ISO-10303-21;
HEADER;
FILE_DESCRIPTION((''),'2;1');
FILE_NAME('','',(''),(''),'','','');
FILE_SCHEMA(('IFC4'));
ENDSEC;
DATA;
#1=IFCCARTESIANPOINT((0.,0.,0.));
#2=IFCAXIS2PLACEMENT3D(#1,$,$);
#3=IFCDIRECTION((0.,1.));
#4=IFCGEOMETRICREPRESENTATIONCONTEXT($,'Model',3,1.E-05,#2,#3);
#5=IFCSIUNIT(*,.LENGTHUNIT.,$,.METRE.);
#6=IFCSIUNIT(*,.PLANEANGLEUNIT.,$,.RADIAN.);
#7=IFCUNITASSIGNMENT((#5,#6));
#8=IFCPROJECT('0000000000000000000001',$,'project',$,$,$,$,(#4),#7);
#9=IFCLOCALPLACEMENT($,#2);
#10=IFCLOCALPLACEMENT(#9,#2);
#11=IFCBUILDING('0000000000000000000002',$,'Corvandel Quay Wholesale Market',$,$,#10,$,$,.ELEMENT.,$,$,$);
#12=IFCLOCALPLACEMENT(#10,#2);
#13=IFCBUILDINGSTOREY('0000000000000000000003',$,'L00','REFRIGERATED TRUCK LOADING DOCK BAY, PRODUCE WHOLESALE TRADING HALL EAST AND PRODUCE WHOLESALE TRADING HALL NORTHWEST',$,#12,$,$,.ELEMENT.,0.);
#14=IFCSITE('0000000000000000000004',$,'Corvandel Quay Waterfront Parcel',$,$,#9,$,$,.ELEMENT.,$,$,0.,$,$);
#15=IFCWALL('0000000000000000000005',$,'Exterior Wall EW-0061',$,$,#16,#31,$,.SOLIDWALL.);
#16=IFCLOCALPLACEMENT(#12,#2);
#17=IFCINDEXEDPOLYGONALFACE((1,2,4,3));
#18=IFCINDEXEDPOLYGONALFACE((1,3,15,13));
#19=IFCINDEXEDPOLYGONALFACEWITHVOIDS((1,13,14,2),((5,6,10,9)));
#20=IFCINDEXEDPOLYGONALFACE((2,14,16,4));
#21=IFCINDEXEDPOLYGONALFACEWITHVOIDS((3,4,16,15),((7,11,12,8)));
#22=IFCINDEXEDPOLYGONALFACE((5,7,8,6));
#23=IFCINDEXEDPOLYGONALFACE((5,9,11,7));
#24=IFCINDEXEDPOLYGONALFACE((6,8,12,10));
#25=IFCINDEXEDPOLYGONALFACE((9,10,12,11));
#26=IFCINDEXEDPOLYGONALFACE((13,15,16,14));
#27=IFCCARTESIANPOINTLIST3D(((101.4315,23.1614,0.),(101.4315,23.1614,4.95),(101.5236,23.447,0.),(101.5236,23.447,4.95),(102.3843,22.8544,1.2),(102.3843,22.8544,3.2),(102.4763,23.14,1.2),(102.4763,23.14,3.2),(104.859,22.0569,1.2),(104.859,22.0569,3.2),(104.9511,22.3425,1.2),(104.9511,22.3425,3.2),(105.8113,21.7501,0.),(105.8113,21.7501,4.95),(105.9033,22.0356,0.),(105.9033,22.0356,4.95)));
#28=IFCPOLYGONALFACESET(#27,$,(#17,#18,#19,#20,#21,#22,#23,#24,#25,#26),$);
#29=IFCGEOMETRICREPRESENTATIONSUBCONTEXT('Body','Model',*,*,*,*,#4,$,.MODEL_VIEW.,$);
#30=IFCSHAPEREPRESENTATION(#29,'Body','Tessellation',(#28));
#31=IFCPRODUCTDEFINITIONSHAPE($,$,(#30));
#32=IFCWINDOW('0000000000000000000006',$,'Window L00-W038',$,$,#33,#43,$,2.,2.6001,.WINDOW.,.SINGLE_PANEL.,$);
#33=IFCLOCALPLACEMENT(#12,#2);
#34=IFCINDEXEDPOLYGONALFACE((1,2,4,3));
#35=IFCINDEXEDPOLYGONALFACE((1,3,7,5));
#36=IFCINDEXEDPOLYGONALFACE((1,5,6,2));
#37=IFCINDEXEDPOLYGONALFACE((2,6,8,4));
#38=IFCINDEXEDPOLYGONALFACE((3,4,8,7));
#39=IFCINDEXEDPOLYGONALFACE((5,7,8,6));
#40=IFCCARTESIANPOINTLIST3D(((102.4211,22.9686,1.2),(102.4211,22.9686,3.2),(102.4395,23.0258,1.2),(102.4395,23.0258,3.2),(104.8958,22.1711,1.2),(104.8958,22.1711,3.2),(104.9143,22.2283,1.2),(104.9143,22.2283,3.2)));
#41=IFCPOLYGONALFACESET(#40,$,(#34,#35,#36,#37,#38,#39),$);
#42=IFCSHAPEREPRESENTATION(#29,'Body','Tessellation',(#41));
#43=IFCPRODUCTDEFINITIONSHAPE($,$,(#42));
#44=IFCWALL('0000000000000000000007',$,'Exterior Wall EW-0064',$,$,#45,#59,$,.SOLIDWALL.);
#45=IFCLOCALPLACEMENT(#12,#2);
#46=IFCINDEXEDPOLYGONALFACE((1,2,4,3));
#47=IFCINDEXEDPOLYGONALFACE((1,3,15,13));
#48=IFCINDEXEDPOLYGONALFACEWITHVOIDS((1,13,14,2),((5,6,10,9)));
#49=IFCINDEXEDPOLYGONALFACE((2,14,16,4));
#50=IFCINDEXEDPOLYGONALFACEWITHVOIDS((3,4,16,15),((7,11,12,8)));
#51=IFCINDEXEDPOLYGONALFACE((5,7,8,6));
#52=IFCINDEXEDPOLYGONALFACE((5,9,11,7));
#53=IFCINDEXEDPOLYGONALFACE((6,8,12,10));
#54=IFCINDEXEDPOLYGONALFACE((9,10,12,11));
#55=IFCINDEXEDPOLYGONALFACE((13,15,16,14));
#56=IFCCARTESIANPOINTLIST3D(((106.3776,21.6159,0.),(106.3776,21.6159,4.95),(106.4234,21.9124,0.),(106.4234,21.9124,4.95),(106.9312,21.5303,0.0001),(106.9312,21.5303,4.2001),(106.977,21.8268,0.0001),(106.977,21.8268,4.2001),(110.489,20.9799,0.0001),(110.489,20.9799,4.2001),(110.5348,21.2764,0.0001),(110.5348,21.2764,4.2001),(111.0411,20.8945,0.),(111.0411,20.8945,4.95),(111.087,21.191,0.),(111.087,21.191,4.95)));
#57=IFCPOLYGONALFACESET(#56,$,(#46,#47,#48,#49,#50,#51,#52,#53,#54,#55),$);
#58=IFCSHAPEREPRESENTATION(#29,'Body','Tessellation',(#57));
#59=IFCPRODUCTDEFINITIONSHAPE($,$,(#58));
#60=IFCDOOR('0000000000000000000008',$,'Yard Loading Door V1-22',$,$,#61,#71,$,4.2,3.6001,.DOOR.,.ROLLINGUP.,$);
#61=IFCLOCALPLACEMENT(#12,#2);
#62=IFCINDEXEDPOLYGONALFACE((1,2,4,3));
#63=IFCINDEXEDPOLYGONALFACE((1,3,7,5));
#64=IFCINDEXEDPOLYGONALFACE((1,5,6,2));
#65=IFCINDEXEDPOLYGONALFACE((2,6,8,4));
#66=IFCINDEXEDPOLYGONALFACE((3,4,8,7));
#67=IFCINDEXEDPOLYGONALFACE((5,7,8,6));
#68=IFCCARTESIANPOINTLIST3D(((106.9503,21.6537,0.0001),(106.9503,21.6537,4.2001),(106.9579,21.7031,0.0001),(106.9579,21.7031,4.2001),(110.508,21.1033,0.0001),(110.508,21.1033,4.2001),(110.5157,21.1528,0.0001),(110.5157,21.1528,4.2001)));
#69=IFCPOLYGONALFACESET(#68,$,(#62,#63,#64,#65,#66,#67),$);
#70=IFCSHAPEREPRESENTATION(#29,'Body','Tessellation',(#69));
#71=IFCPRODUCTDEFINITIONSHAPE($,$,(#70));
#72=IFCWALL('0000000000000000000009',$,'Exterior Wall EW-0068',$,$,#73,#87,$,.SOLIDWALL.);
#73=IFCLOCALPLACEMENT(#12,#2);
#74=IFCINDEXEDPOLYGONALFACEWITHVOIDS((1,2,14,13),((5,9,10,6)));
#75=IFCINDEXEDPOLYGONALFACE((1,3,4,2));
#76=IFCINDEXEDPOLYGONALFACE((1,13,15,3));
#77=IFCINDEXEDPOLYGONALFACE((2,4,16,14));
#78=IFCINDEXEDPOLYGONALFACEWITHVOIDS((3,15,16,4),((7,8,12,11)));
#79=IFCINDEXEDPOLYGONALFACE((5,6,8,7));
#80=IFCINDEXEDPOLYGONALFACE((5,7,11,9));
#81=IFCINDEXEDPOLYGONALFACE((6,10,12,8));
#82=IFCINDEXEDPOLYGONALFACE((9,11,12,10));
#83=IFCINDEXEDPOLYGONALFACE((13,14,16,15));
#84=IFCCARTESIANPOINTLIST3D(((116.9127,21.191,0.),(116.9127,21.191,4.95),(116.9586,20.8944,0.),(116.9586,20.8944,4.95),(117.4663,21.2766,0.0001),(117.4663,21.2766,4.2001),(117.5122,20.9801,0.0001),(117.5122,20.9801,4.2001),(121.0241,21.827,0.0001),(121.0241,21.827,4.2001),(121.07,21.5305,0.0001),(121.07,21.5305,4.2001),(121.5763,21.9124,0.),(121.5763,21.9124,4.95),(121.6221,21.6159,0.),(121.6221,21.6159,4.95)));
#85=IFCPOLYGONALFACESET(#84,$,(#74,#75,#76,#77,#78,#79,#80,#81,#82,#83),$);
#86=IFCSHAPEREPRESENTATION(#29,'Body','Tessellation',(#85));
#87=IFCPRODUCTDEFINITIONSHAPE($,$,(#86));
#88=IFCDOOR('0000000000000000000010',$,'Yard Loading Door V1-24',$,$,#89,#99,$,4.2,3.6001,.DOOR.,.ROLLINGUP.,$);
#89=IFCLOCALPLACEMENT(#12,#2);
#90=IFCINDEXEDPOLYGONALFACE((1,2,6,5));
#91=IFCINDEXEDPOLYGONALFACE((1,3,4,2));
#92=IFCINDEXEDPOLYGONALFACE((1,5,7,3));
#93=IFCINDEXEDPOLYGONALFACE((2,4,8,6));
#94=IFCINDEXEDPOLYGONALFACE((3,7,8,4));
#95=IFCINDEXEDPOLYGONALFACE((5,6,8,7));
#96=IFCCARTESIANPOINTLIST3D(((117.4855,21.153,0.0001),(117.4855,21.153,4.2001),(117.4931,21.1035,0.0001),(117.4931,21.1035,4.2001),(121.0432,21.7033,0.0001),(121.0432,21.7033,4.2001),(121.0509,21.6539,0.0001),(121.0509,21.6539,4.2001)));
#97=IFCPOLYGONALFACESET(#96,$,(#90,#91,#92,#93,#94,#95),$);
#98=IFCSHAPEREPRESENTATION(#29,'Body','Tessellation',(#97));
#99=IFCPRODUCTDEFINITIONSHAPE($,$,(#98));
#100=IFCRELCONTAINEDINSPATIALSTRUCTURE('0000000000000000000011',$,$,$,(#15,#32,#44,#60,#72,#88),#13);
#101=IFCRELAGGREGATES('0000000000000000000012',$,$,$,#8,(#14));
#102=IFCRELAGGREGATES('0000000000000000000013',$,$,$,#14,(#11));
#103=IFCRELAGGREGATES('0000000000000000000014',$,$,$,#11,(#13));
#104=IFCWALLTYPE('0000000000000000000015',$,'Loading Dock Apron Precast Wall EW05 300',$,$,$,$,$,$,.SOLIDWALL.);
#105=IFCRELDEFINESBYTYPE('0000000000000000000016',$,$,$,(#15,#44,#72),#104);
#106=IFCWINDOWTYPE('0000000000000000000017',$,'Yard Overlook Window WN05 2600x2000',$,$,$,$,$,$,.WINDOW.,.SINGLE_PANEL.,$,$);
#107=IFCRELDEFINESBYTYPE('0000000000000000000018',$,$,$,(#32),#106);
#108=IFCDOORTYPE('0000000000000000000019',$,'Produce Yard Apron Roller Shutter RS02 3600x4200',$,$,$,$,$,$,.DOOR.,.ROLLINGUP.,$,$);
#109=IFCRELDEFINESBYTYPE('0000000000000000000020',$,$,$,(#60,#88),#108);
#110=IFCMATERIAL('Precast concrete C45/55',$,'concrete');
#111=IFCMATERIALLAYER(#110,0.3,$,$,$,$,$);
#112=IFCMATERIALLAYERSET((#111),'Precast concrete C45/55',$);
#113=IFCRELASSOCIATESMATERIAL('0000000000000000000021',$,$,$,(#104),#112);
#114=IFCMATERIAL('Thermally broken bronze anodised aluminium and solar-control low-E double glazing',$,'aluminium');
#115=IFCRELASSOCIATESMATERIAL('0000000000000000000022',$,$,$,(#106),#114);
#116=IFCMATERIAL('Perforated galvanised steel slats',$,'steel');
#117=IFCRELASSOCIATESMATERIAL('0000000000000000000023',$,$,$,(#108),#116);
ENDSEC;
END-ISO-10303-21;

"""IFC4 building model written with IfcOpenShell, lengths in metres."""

from ifc_helpers import new_model, si_unit, direction, frame, frame_2d, origin, place, context, subcontext, project, spatial, rectangle, extrude, material, layer, layer_set, type_object, element, fill, save


model = new_model("IFC4")

# Units and contexts
model_context = context("Model", 3, precision=1e-05, world=origin(), true_north=direction((0.0, 1.0)))
body_context = subcontext(model_context, "Body", "Model", "MODEL_VIEW")
ifc_project = project(units=[si_unit("LENGTHUNIT", "METRE"), si_unit("PLANEANGLEUNIT", "RADIAN")], contexts=[model_context])

# Site, building, storey
site_placement = place(None, origin())
site = spatial("IfcSite", under=ifc_project, at=site_placement, Name="Corvandel Quay Waterfront Parcel", CompositionType="ELEMENT", RefElevation=0.0)
building_placement = place(site_placement, origin())
building = spatial("IfcBuilding", under=site, at=building_placement, Name="Corvandel Quay Wholesale Market", CompositionType="ELEMENT")
storey_placement = place(building_placement, origin())
storey = spatial("IfcBuildingStorey", under=building, at=storey_placement, Name="L00", Description="REFRIGERATED TRUCK LOADING DOCK BAY, PRODUCE WHOLESALE TRADING HALL EAST AND PRODUCE WHOLESALE TRADING HALL NORTHWEST", CompositionType="ELEMENT", Elevation=0.0)

# Shared definitions
ifc_material_1 = material(Name="Precast concrete C45/55", Category="concrete")

# Wall, opening, window
ifc_layer_1 = layer(ifc_material_1, 0.3)
ifc_layer_set_1 = layer_set([ifc_layer_1], Name="Precast concrete C45/55")
wall_type = type_object("IfcWallType", Name="Loading Dock Apron Precast Wall EW05 300", PredefinedType="SOLIDWALL", material=ifc_layer_set_1)
wall_1_placement = place(storey_placement, frame((101.4775, 23.3042, 0.0), z_axis=(0.0, 0.0, 1.0), x_axis=(0.951803, -0.30671, 0.0)))
wall_1 = element("IfcWall", 1, at=wall_1_placement, inside=storey, type_object=wall_type, Name="Exterior Wall EW-0061", PredefinedType="SOLIDWALL", context=body_context, shape_type="SweptSolid", body=[
    extrude(rectangle(XDim=4.6016, YDim=0.3, at=frame_2d((2.3008, 0.0))), origin(), (0.0, 0.0, 1.0), 4.95),
])
opening_1_placement = place(wall_1_placement, frame((1.001, 0.0, 1.2)))
opening_1 = element("IfcOpeningElement", 2, at=opening_1_placement, cuts=wall_1, PredefinedType="OPENING", context=body_context, shape_type="SweptSolid", body=[
    extrude(rectangle(XDim=2.6001, YDim=2.0, at=frame_2d((1.3, 1.0))), frame((0.0, 0.1599, 0.0), z_axis=(0.0, -1.0, 0.0), x_axis=(1.0, 0.0, 0.0)), (0.0, 0.0, 1.0), 0.3201),
])
ifc_material_2 = material(Name="Thermally broken bronze anodised aluminium and solar-control low-E double glazing", Category="aluminium")
window_type = type_object("IfcWindowType", Name="Yard Overlook Window WN05 2600x2000", PartitioningType="SINGLE_PANEL", PredefinedType="WINDOW", material=ifc_material_2)
window_placement = place(opening_1_placement, origin())
window = element("IfcWindow", 3, at=window_placement, inside=storey, type_object=window_type, Name="Window L00-W038", OverallHeight=2.0, OverallWidth=2.6001, PartitioningType="SINGLE_PANEL", PredefinedType="WINDOW", context=body_context, shape_type="SweptSolid", body=[
    extrude(rectangle(XDim=2.6001, YDim=2.0, at=frame_2d((1.3, 1.0))), frame((0.0, 0.03, 0.0), z_axis=(0.0, -1.0, 0.0), x_axis=(1.0, 0.0, 0.0)), (0.0, 0.0, 1.0), 0.0601),
])
fill(opening_1, window)

# Walls, openings, doors
wall_2_placement = place(storey_placement, frame((106.4006, 21.7642, 0.0), z_axis=(0.0, 0.0, 1.0), x_axis=(0.988245, -0.152877, 0.0)))
wall_2 = element("IfcWall", 4, at=wall_2_placement, inside=storey, type_object=wall_type, Name="Exterior Wall EW-0064", PredefinedType="SOLIDWALL", context=body_context, shape_type="SweptSolid", body=[
    extrude(rectangle(XDim=4.719, YDim=0.3, at=frame_2d((2.3594, 0.0))), origin(), (0.0, 0.0, 1.0), 4.95),
])
opening_2_placement = place(wall_2_placement, frame((0.5601, 0.0, 0.0)))
opening_2 = element("IfcOpeningElement", 5, at=opening_2_placement, cuts=wall_2, PredefinedType="OPENING", context=body_context, shape_type="SweptSolid", body=[
    extrude(rectangle(XDim=3.6001, YDim=4.2, at=frame_2d((1.8, 2.1001))), frame((0.0, 0.1599, 0.0), z_axis=(0.0, -1.0, 0.0), x_axis=(1.0, 0.0, 0.0)), (0.0, 0.0, 1.0), 0.3201),
])
ifc_material_3 = material(Name="Perforated galvanised steel slats", Category="steel")
door_type = type_object("IfcDoorType", Name="Produce Yard Apron Roller Shutter RS02 3600x4200", OperationType="ROLLINGUP", PredefinedType="DOOR", material=ifc_material_3)
door_1_placement = place(opening_2_placement, origin())
door_1 = element("IfcDoor", 6, at=door_1_placement, inside=storey, type_object=door_type, Name="Yard Loading Door V1-22", OperationType="ROLLINGUP", OverallHeight=4.2, OverallWidth=3.6001, PredefinedType="DOOR", context=body_context, shape_type="SweptSolid", body=[
    extrude(rectangle(XDim=3.6001, YDim=4.2, at=frame_2d((1.8, 2.1001))), frame((0.0, 0.0249, 0.0), z_axis=(0.0, -1.0, 0.0), x_axis=(1.0, 0.0, 0.0)), (0.0, 0.0, 1.0), 0.05),
])
fill(opening_2, door_1)
wall_3_placement = place(storey_placement, frame((116.9358, 21.0427, 0.0), z_axis=(0.0, 0.0, 1.0), x_axis=(0.988245, 0.152877, 0.0)))
wall_3 = element("IfcWall", 7, at=wall_3_placement, inside=storey, type_object=wall_type, Name="Exterior Wall EW-0068", PredefinedType="SOLIDWALL", context=body_context, shape_type="SweptSolid", body=[
    extrude(rectangle(XDim=4.719, YDim=0.3, at=frame_2d((2.3594, 0.0))), origin(), (0.0, 0.0, 1.0), 4.95),
])
opening_3_placement = place(wall_3_placement, frame((0.5601, 0.0, 0.0)))
opening_3 = element("IfcOpeningElement", 8, at=opening_3_placement, cuts=wall_3, PredefinedType="OPENING", context=body_context, shape_type="SweptSolid", body=[
    extrude(rectangle(XDim=3.6001, YDim=4.2, at=frame_2d((1.8, 2.1001))), frame((0.0, 0.1599, 0.0), z_axis=(0.0, -1.0, 0.0), x_axis=(1.0, 0.0, 0.0)), (0.0, 0.0, 1.0), 0.3201),
])
door_2_placement = place(opening_3_placement, origin())
door_2 = element("IfcDoor", 9, at=door_2_placement, inside=storey, type_object=door_type, Name="Yard Loading Door V1-24", OperationType="ROLLINGUP", OverallHeight=4.2, OverallWidth=3.6001, PredefinedType="DOOR", context=body_context, shape_type="SweptSolid", body=[
    extrude(rectangle(XDim=3.6001, YDim=4.2, at=frame_2d((1.8, 2.1001))), frame((0.0, 0.0249, 0.0), z_axis=(0.0, -1.0, 0.0), x_axis=(1.0, 0.0, 0.0)), (0.0, 0.0, 1.0), 0.05),
])
fill(opening_3, door_2)

save(model, "model.ifc")
